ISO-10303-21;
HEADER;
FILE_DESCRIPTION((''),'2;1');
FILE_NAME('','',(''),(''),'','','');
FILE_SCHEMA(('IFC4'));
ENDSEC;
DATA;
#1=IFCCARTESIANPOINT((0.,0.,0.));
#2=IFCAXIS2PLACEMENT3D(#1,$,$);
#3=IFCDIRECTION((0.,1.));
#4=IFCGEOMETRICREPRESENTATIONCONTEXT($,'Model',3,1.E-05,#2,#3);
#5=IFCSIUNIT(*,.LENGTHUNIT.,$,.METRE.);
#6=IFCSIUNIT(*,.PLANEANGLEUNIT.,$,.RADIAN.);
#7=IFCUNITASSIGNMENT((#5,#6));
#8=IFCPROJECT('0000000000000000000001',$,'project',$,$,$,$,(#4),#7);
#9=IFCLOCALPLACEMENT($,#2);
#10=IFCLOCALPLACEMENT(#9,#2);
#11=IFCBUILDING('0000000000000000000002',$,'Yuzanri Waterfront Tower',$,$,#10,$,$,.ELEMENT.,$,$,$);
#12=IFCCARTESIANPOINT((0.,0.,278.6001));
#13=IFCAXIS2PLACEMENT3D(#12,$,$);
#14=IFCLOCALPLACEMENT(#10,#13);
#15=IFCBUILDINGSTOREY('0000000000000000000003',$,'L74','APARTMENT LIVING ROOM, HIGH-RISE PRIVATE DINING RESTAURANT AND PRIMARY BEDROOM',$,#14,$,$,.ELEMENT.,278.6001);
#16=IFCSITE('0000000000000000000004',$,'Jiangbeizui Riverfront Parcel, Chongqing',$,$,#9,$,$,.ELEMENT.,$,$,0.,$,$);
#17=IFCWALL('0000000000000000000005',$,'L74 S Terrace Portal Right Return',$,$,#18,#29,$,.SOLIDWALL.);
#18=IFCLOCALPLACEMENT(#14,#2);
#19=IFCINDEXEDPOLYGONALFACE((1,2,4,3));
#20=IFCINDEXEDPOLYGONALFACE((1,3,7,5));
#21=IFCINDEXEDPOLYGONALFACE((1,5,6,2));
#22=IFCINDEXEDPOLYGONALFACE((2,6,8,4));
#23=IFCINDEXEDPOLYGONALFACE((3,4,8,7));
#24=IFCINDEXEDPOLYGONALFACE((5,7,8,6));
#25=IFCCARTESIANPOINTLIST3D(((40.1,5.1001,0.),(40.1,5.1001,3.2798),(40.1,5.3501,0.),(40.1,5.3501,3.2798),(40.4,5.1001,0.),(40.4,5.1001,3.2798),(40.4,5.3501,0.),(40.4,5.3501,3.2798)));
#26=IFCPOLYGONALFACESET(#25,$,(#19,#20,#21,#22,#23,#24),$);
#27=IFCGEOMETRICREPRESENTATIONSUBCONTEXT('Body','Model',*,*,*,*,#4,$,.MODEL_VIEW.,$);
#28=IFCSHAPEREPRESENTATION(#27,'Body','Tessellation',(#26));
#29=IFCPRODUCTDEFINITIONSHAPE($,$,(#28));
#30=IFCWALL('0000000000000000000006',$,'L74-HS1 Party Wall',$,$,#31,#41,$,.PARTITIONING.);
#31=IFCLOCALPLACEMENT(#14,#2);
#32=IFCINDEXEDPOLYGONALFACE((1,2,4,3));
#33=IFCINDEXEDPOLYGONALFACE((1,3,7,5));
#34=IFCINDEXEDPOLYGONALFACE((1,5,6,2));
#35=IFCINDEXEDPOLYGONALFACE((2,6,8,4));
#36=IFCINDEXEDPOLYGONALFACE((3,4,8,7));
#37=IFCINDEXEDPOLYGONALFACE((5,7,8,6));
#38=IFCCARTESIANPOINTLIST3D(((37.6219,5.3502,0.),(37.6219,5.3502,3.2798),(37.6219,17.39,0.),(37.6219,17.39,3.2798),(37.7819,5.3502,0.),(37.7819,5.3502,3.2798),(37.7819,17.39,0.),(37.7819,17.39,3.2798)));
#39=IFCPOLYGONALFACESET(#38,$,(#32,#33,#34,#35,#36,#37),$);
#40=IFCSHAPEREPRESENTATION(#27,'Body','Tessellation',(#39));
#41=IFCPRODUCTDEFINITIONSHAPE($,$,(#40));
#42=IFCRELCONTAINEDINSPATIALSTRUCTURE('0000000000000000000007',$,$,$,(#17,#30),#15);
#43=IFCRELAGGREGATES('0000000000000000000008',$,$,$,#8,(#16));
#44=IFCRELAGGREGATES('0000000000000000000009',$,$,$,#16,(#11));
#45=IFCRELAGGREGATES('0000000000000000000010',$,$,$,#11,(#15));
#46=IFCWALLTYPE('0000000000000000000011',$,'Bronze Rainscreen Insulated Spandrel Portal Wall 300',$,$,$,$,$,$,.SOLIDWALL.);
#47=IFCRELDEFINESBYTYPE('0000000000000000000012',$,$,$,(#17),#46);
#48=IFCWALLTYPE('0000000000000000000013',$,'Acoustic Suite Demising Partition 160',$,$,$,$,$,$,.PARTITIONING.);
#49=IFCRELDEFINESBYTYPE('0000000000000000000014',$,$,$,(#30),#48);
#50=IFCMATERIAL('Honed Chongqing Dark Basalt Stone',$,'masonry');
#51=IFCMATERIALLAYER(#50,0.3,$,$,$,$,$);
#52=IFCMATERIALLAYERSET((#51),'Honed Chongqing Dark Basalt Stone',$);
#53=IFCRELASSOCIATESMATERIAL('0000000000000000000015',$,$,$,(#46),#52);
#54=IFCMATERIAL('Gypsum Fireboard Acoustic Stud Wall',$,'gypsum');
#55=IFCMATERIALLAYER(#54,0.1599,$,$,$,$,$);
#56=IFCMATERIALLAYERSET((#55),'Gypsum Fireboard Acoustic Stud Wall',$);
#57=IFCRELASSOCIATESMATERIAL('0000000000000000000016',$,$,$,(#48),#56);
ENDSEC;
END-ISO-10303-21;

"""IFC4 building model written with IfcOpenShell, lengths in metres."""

from ifc_helpers import new_model, si_unit, direction, frame, frame_2d, origin, place, context, subcontext, project, spatial, rectangle, extrude, source, transform, mapped, material, layer, layer_set, type_object, element, save


model = new_model("IFC4")

# Units and contexts
model_context = context("Model", 3, precision=1e-05, world=origin(), true_north=direction((0.0, 1.0)))
body_context = subcontext(model_context, "Body", "Model", "MODEL_VIEW")
ifc_project = project(units=[si_unit("LENGTHUNIT", "METRE"), si_unit("PLANEANGLEUNIT", "RADIAN")], contexts=[model_context])

# Site, building, storey
site_placement = place(None, origin())
site = spatial("IfcSite", under=ifc_project, at=site_placement, Name="Jiangbeizui Riverfront Parcel, Chongqing", CompositionType="ELEMENT", RefElevation=0.0)
building_placement = place(site_placement, origin())
building = spatial("IfcBuilding", under=site, at=building_placement, Name="Yuzanri Waterfront Tower", CompositionType="ELEMENT")
storey_placement = place(building_placement, frame((0.0, 0.0, 278.6001)))
storey = spatial("IfcBuildingStorey", under=building, at=storey_placement, Name="L74", Description="APARTMENT LIVING ROOM, HIGH-RISE PRIVATE DINING RESTAURANT AND PRIMARY BEDROOM", CompositionType="ELEMENT", Elevation=278.6001)

# Shared definitions
ifc_material_1 = material(Name="Honed Chongqing Dark Basalt Stone", Category="masonry")
ifc_layer_1 = layer(ifc_material_1, 0.3)
ifc_layer_set_1 = layer_set([ifc_layer_1], Name="Honed Chongqing Dark Basalt Stone")
wall_type_1 = type_object("IfcWallType", Name="Bronze Rainscreen Insulated Spandrel Portal Wall 300", PredefinedType="SOLIDWALL", material=ifc_layer_set_1)

# Walls
shared_shape_1 = source(origin(), body_context, "Body", "SweptSolid", [
    extrude(rectangle(XDim=0.25, YDim=0.3, at=frame_2d((0.125, 0.0))), origin(), (0.0, 0.0, 1.0), 3.2798),
])
for number, where, z_axis, x_axis, name in (
    (1, (40.25, 5.1001, 0.0), (0.0, 0.0, 1.0), (0.0, 1.0, 0.0), "L74 S Terrace Portal Right Return"),
):
    element("IfcWall", number, at=place(storey_placement, frame(where, z_axis=z_axis, x_axis=x_axis)), inside=storey, type_object=wall_type_1, Name=name, PredefinedType="SOLIDWALL", context=body_context, shape_type="MappedRepresentation", body=[
        mapped(shared_shape_1, transform((0.0, 0.0, 0.0), scale=1.0)),
    ])
ifc_material_2 = material(Name="Gypsum Fireboard Acoustic Stud Wall", Category="gypsum")
ifc_layer_2 = layer(ifc_material_2, 0.1599)
ifc_layer_set_2 = layer_set([ifc_layer_2], Name="Gypsum Fireboard Acoustic Stud Wall")
wall_type_2 = type_object("IfcWallType", Name="Acoustic Suite Demising Partition 160", PredefinedType="PARTITIONING", material=ifc_layer_set_2)
shared_shape_2 = source(origin(), body_context, "Body", "SweptSolid", [
    extrude(rectangle(XDim=12.0398, YDim=0.1599, at=frame_2d((6.02, 0.0))), origin(), (0.0, 0.0, 1.0), 3.2798),
])
wall_1_placement = place(storey_placement, frame((37.7019, 5.3501, 0.0), z_axis=(0.0, 0.0, 1.0), x_axis=(0.0, 1.0, 0.0)))
element("IfcWall", 2, at=wall_1_placement, inside=storey, type_object=wall_type_2, Name="L74-HS1 Party Wall", PredefinedType="PARTITIONING", context=body_context, shape_type="MappedRepresentation", body=[
    mapped(shared_shape_2, transform((0.0, 0.0, 0.0), scale=1.0)),
])

save(model, "model.ifc")
